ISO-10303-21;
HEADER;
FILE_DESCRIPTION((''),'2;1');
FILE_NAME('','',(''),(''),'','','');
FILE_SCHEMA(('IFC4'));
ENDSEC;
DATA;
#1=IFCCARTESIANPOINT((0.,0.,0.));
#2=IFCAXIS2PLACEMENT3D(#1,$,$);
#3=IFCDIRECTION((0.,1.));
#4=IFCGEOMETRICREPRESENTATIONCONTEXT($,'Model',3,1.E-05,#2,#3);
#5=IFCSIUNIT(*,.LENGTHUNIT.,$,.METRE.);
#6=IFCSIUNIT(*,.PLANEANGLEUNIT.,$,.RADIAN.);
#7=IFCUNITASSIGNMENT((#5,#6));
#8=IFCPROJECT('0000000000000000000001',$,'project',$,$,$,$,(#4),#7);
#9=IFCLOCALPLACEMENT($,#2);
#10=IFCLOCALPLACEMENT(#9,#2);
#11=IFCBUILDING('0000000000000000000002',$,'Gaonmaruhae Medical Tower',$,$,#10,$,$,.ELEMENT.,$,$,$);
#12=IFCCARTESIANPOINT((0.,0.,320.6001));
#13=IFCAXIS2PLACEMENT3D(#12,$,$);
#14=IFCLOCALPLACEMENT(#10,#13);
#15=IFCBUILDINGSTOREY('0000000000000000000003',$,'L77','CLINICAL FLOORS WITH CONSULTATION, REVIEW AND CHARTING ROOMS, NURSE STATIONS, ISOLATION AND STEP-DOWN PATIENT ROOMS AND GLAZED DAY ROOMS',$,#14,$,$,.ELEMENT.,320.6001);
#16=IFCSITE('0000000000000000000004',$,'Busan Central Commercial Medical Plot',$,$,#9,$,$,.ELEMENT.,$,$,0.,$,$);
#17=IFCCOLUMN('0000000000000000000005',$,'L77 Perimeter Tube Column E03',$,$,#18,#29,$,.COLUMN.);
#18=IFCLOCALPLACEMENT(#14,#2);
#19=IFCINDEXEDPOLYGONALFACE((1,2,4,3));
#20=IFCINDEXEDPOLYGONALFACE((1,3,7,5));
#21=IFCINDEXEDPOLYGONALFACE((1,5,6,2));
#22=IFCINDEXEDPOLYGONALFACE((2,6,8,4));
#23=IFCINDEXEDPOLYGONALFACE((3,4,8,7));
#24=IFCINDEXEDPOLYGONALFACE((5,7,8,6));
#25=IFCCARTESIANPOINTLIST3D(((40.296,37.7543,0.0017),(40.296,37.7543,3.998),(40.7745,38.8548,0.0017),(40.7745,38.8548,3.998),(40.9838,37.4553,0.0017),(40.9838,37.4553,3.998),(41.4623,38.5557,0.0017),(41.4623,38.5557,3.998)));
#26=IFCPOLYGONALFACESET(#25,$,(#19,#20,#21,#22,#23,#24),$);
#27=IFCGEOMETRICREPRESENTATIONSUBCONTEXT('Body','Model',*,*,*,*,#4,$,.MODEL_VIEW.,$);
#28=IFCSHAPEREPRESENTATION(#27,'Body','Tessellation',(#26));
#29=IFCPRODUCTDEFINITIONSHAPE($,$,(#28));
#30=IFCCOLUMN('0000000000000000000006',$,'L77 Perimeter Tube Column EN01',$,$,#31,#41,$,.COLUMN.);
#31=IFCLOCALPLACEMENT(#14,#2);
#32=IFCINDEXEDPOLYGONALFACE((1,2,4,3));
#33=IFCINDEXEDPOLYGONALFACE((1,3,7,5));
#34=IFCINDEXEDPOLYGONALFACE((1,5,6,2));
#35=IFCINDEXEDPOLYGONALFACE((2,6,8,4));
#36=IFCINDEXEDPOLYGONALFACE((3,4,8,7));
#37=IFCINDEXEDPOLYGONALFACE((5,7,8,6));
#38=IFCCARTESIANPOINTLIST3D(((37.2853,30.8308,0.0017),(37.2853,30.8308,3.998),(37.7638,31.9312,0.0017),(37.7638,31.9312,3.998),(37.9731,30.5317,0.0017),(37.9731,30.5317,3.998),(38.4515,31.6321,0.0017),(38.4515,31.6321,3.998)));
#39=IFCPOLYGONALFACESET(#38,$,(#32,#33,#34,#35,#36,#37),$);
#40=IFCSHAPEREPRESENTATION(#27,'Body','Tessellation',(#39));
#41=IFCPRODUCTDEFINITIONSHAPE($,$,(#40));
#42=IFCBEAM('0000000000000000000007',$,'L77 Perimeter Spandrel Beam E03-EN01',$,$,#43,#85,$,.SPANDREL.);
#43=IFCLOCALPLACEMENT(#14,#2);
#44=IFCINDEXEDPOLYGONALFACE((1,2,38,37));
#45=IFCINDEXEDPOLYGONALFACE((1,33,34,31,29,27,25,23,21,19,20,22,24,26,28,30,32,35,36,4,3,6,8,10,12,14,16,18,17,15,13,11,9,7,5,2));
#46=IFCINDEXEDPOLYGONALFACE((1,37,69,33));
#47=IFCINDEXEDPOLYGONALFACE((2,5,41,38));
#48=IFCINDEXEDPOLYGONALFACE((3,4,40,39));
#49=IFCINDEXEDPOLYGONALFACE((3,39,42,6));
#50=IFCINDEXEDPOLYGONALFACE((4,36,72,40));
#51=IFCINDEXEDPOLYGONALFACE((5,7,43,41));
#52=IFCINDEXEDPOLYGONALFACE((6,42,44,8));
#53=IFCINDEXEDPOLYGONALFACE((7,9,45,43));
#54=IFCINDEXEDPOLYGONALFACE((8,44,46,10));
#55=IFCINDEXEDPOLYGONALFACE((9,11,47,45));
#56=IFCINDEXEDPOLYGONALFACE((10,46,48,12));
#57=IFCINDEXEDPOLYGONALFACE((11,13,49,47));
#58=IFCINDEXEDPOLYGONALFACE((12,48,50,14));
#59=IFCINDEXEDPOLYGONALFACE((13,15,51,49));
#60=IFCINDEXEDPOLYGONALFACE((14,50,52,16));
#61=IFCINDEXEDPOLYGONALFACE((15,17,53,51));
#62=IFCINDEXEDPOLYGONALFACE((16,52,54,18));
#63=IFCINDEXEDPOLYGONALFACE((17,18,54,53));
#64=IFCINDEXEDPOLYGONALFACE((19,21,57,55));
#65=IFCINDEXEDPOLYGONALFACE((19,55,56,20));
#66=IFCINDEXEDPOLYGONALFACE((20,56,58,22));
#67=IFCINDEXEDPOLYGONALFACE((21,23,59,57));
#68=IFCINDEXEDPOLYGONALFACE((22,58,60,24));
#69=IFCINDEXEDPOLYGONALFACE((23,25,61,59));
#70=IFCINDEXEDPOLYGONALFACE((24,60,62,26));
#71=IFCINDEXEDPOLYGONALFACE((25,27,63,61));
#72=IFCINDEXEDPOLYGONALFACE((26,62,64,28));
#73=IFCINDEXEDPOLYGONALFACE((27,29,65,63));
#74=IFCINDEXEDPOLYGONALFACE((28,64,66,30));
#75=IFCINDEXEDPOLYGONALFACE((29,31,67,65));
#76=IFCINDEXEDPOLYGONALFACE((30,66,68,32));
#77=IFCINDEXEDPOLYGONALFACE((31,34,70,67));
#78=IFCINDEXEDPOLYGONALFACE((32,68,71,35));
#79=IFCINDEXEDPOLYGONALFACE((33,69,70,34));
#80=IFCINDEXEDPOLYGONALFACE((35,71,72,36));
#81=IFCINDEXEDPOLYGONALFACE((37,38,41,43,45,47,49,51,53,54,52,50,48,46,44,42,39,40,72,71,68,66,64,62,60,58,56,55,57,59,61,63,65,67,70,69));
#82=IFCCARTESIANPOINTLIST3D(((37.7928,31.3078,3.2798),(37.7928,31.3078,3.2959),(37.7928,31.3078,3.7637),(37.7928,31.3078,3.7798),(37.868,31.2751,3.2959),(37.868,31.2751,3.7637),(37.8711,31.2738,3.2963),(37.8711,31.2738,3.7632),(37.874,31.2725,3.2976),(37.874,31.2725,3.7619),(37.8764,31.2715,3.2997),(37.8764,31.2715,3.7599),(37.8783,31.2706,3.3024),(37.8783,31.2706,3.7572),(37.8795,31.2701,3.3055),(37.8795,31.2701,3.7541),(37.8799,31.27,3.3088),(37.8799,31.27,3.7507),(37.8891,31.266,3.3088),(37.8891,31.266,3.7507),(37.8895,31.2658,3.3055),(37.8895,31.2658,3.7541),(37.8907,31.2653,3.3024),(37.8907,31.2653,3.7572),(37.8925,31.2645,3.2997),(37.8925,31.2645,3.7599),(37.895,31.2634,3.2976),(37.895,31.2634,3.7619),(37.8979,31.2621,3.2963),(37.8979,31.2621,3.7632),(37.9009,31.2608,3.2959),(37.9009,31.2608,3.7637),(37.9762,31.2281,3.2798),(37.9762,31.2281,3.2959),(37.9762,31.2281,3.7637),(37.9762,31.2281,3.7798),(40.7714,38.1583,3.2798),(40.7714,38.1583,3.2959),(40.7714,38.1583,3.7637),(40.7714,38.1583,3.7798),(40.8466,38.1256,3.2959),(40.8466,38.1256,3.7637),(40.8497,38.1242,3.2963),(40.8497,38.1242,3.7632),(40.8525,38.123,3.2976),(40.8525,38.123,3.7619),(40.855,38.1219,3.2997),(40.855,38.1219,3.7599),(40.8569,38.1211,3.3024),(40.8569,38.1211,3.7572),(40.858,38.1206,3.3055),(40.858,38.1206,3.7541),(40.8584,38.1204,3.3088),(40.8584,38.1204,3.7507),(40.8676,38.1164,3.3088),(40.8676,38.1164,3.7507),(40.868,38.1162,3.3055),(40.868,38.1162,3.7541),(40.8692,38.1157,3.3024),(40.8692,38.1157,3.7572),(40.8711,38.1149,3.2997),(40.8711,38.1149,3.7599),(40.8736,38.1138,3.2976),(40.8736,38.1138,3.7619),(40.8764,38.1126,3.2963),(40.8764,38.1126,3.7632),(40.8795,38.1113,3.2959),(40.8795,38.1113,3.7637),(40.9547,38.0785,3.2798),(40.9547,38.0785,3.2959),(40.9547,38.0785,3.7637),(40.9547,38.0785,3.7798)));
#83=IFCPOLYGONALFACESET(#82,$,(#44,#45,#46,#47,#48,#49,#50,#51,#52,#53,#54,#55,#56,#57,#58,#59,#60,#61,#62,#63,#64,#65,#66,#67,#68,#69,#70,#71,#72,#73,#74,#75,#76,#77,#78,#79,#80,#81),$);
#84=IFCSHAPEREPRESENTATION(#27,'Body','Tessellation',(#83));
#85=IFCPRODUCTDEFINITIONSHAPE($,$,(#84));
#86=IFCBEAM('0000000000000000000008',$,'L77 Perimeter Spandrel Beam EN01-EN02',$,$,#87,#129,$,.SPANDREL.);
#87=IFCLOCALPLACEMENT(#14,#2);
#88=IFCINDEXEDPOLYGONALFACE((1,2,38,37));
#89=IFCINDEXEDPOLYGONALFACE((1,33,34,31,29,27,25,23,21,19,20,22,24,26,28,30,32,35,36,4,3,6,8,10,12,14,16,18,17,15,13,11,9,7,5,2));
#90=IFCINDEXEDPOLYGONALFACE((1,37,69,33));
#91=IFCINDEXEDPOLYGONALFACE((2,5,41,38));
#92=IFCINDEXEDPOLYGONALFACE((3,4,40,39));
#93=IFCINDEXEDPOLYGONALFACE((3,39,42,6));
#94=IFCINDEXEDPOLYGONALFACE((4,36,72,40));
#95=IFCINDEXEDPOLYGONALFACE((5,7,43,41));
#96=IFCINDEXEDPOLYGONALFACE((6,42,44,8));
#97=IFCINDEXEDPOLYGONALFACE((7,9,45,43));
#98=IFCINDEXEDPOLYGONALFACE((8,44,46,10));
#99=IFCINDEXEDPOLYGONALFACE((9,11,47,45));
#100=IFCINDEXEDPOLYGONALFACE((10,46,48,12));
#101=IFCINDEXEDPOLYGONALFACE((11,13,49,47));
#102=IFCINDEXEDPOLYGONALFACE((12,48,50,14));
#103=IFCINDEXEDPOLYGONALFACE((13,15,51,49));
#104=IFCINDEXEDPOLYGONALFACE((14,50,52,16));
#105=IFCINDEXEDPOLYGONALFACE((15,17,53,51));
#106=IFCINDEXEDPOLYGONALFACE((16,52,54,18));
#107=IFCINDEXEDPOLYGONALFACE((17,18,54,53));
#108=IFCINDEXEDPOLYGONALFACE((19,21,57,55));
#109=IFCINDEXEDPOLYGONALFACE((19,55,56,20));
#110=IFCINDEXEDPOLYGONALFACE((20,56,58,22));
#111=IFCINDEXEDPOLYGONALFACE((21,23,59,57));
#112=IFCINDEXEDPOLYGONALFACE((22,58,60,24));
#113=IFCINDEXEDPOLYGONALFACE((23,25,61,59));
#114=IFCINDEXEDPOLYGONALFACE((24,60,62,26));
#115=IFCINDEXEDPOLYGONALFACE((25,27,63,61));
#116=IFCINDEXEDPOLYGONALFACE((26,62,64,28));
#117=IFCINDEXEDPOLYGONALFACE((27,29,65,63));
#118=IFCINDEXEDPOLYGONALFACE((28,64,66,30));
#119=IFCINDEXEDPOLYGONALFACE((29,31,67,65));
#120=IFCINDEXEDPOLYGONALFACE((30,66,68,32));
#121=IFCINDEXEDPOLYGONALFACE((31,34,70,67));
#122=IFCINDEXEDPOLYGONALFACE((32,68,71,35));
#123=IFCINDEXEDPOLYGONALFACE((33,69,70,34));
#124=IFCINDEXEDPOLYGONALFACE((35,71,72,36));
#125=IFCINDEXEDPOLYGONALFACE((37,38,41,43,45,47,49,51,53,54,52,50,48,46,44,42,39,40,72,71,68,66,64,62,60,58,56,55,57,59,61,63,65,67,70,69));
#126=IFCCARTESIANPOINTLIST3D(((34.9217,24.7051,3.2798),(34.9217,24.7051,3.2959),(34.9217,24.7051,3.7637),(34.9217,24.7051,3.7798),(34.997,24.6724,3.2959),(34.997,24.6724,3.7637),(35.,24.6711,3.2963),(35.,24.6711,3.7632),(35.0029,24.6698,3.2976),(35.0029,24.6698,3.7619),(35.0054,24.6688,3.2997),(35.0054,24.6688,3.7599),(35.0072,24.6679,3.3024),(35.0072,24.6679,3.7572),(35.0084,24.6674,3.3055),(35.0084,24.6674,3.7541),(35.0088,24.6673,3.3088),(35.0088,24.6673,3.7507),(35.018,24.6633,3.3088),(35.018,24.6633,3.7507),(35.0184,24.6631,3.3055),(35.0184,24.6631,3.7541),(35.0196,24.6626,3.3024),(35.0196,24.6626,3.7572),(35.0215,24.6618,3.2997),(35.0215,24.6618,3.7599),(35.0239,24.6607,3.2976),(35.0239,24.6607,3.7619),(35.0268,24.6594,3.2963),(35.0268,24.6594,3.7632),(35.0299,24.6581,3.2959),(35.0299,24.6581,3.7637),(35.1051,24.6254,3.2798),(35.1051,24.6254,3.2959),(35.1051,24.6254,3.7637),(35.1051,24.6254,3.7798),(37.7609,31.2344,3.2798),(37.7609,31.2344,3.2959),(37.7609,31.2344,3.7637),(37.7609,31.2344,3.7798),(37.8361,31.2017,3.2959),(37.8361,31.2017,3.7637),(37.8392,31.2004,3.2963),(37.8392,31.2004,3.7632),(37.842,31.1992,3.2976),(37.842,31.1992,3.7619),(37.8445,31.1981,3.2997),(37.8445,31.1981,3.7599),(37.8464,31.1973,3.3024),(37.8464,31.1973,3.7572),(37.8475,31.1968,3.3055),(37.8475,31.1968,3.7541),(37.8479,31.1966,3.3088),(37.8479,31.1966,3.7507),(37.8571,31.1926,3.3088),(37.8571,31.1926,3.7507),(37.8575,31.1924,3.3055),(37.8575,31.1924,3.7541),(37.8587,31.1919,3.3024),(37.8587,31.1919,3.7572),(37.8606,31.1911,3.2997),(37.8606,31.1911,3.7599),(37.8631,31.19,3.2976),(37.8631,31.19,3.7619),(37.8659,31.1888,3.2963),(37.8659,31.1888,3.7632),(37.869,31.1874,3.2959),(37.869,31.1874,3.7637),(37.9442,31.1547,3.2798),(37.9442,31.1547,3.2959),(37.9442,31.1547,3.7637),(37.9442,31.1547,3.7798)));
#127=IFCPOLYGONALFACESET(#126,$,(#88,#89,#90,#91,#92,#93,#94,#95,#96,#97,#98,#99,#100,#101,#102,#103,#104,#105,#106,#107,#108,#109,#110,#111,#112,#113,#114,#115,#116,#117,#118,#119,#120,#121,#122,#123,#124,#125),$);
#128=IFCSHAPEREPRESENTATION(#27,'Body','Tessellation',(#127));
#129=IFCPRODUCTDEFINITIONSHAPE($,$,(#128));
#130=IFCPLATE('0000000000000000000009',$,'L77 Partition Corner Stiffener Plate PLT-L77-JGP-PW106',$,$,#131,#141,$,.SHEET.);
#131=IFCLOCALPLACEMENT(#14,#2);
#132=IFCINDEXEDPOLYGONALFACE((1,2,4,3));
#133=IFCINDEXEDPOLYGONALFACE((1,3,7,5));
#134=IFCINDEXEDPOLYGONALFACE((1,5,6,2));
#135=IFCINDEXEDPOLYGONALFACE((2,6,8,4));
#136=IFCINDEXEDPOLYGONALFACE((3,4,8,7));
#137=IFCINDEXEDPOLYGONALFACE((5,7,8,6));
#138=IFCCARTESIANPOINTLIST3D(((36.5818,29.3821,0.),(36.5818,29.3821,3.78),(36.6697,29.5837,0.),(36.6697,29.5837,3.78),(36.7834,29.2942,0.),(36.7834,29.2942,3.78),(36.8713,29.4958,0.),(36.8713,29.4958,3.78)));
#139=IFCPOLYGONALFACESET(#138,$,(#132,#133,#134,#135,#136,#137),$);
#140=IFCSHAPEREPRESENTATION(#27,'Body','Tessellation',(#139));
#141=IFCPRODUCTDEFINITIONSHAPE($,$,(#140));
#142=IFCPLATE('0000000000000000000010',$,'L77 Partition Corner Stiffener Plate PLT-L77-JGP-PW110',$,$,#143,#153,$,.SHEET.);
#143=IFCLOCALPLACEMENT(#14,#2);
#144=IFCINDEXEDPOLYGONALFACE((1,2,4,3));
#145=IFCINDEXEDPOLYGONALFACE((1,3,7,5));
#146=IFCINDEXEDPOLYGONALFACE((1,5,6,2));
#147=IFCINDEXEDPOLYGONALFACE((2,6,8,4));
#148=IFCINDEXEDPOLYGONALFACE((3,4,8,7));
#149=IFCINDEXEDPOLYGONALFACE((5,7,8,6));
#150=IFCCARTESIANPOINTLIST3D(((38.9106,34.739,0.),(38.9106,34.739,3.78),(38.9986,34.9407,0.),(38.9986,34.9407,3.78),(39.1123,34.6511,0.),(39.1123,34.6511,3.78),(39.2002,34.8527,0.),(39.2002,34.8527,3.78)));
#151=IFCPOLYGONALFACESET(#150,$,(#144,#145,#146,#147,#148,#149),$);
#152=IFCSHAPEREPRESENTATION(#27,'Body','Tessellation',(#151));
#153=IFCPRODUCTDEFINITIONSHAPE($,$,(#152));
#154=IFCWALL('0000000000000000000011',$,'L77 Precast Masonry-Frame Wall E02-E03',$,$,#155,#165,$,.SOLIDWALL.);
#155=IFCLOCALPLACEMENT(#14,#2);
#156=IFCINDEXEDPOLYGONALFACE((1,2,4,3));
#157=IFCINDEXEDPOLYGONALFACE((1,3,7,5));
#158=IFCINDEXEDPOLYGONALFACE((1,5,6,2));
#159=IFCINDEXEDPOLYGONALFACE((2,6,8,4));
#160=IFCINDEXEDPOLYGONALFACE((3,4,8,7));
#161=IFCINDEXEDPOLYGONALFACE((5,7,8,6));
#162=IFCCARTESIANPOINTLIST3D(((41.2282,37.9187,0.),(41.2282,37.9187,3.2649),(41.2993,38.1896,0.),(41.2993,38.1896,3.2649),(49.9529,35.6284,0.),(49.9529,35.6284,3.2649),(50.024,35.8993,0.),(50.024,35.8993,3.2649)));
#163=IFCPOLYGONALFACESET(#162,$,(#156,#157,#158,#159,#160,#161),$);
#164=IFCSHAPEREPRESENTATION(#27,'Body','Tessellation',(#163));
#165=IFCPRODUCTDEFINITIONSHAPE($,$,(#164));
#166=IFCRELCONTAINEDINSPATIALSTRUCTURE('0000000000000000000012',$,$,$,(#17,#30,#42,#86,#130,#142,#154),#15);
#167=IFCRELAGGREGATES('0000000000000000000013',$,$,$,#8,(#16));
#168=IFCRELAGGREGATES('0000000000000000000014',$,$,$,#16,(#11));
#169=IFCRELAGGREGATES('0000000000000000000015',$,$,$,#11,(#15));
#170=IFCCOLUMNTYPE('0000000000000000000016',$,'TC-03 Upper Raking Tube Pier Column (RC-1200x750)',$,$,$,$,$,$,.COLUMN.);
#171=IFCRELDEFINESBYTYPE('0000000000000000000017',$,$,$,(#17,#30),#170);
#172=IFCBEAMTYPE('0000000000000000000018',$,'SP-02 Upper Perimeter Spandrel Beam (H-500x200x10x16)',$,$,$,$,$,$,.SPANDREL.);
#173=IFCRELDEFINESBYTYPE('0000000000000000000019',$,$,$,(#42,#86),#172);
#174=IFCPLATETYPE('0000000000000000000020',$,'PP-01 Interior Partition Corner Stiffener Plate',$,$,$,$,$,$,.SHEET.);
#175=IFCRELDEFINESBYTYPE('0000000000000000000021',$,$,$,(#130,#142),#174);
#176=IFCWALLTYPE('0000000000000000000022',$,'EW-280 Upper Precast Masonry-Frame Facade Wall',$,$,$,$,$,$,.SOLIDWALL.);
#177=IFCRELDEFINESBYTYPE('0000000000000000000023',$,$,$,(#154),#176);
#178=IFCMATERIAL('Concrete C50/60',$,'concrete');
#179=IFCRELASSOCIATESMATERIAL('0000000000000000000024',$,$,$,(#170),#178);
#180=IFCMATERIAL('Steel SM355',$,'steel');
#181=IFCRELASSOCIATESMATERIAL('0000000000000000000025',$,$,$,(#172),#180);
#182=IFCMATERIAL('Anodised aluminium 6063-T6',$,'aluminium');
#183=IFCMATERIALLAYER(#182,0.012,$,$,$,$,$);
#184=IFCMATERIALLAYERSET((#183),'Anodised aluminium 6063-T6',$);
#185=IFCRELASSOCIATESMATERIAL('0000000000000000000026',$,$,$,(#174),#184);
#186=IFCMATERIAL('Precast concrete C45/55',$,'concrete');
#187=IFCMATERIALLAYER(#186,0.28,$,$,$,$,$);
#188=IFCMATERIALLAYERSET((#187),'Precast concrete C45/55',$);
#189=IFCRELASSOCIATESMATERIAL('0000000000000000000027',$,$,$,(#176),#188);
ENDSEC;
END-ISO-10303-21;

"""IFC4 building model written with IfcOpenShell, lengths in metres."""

from ifc_helpers import new_model, si_unit, direction, frame, frame_2d, origin, origin_2d, place, context, subcontext, project, spatial, rectangle, i_section, extrude, material, layer, layer_set, material_profile, profile_set, type_object, element, save


model = new_model("IFC4")

# Units and contexts
model_context = context("Model", 3, precision=1e-05, world=origin(), true_north=direction((0.0, 1.0)))
body_context = subcontext(model_context, "Body", "Model", "MODEL_VIEW")
ifc_project = project(units=[si_unit("LENGTHUNIT", "METRE"), si_unit("PLANEANGLEUNIT", "RADIAN")], contexts=[model_context])

# Site, building, storey
site_placement = place(None, origin())
site = spatial("IfcSite", under=ifc_project, at=site_placement, Name="Busan Central Commercial Medical Plot", CompositionType="ELEMENT", RefElevation=0.0)
building_placement = place(site_placement, origin())
building = spatial("IfcBuilding", under=site, at=building_placement, Name="Gaonmaruhae Medical Tower", CompositionType="ELEMENT")
storey_placement = place(building_placement, frame((0.0, 0.0, 320.6001)))
storey = spatial("IfcBuildingStorey", under=building, at=storey_placement, Name="L77", Description="CLINICAL FLOORS WITH CONSULTATION, REVIEW AND CHARTING ROOMS, NURSE STATIONS, ISOLATION AND STEP-DOWN PATIENT ROOMS AND GLAZED DAY ROOMS", CompositionType="ELEMENT", Elevation=320.6001)

# Columns
ifc_material_1 = material(Name="Concrete C50/60", Category="concrete")
ifc_material_profile_1 = material_profile(ifc_material_1, rectangle(XDim=1.2, YDim=0.75, at=origin_2d()), Name="RC-1200x750")
ifc_profile_set_1 = profile_set([ifc_material_profile_1], Name="Concrete C50/60")
column_type = type_object("IfcColumnType", Name="TC-03 Upper Raking Tube Pier Column (RC-1200x750)", PredefinedType="COLUMN", material=ifc_profile_set_1)
for number, where, z_axis, x_axis, name in (
    (1, (40.8792, 38.155, 0.0017), (0.0, 0.0, 1.0), (0.398749, 0.91706, 0.0), "L77 Perimeter Tube Column E03"),
    (2, (37.8684, 31.2314, 0.0017), (0.0, 0.0, 1.0), (0.398749, 0.91706, 0.0), "L77 Perimeter Tube Column EN01"),
):
    element("IfcColumn", number, at=place(storey_placement, frame(where, z_axis=z_axis, x_axis=x_axis)), inside=storey, type_object=column_type, Name=name, PredefinedType="COLUMN", context=body_context, shape_type="SweptSolid", body=[
        extrude(rectangle(XDim=1.2, YDim=0.75, at=origin_2d()), origin(), (0.0, 0.0, 1.0), 3.9963),
    ])

# Beams
ifc_material_2 = material(Name="Steel SM355", Category="steel")
ifc_material_profile_2 = material_profile(ifc_material_2, i_section(OverallWidth=0.2, OverallDepth=0.5, WebThickness=0.01, FlangeThickness=0.0161, FilletRadius=0.0129, at=origin_2d()), Name="H-500x200x10x16")
ifc_profile_set_2 = profile_set([ifc_material_profile_2], Name="Steel SM355")
beam_type = type_object("IfcBeamType", Name="SP-02 Upper Perimeter Spandrel Beam (H-500x200x10x16)", PredefinedType="SPANDREL", material=ifc_profile_set_2)
beam_1_placement = place(storey_placement, frame((40.863, 38.1184, 3.5298), z_axis=(-0.398738, -0.917065, 0.0), x_axis=(0.917065, -0.398738, 0.0)))
element("IfcBeam", 3, at=beam_1_placement, inside=storey, type_object=beam_type, Name="L77 Perimeter Spandrel Beam E03-EN01", PredefinedType="SPANDREL", context=body_context, shape_type="SweptSolid", body=[
    extrude(i_section(OverallWidth=0.2, OverallDepth=0.5, WebThickness=0.01, FlangeThickness=0.0161, FilletRadius=0.0129, at=origin_2d()), origin(), (0.0, 0.0, 1.0), 7.47),
])
beam_2_placement = place(storey_placement, frame((37.8525, 31.1946, 3.5298), z_axis=(-0.39876, -0.917055, 0.0), x_axis=(0.917055, -0.39876, 0.0)))
element("IfcBeam", 4, at=beam_2_placement, inside=storey, type_object=beam_type, Name="L77 Perimeter Spandrel Beam EN01-EN02", PredefinedType="SPANDREL", context=body_context, shape_type="SweptSolid", body=[
    extrude(i_section(OverallWidth=0.2, OverallDepth=0.5, WebThickness=0.01, FlangeThickness=0.0161, FilletRadius=0.0129, at=origin_2d()), origin(), (0.0, 0.0, 1.0), 7.1199),
])

# Plates
ifc_material_3 = material(Name="Anodised aluminium 6063-T6", Category="aluminium")
ifc_layer_1 = layer(ifc_material_3, 0.012)
ifc_layer_set_1 = layer_set([ifc_layer_1], Name="Anodised aluminium 6063-T6")
plate_type = type_object("IfcPlateType", Name="PP-01 Interior Partition Corner Stiffener Plate", PredefinedType="SHEET", material=ifc_layer_set_1)
for number, where, z_axis, x_axis, name in (
    (5, (36.7266, 29.439, 0.0), (0.0, 0.0, 1.0), (0.916628, -0.399741, 0.0), "L77 Partition Corner Stiffener Plate PLT-L77-JGP-PW106"),
    (6, (39.0554, 34.7959, 0.0), (0.0, 0.0, 1.0), (0.916628, -0.399741, 0.0), "L77 Partition Corner Stiffener Plate PLT-L77-JGP-PW110"),
):
    element("IfcPlate", number, at=place(storey_placement, frame(where, z_axis=z_axis, x_axis=x_axis)), inside=storey, type_object=plate_type, Name=name, PredefinedType="SHEET", context=body_context, shape_type="SweptSolid", body=[
        extrude(rectangle(XDim=0.22, YDim=0.22, at=origin_2d()), origin(), (0.0, 0.0, 1.0), 3.78),
    ])

# Wall
ifc_material_4 = material(Name="Precast concrete C45/55", Category="concrete")
ifc_layer_2 = layer(ifc_material_4, 0.28)
ifc_layer_set_2 = layer_set([ifc_layer_2], Name="Precast concrete C45/55")
wall_type_1 = type_object("IfcWallType", Name="EW-280 Upper Precast Masonry-Frame Facade Wall", PredefinedType="SOLIDWALL", material=ifc_layer_set_2)
wall_1_placement = place(storey_placement, frame((41.2637, 38.0542, 0.0), z_axis=(0.0, 0.0, 1.0), x_axis=(0.967229, -0.253906, 0.0)))
element("IfcWall", 7, at=wall_1_placement, inside=storey, type_object=wall_type_1, Name="L77 Precast Masonry-Frame Wall E02-E03", PredefinedType="SOLIDWALL", context=body_context, shape_type="SweptSolid", body=[
    extrude(rectangle(XDim=9.0203, YDim=0.28, at=frame_2d((4.5103, 0.0))), origin(), (0.0, 0.0, 1.0), 3.2649),
])

save(model, "model.ifc")
